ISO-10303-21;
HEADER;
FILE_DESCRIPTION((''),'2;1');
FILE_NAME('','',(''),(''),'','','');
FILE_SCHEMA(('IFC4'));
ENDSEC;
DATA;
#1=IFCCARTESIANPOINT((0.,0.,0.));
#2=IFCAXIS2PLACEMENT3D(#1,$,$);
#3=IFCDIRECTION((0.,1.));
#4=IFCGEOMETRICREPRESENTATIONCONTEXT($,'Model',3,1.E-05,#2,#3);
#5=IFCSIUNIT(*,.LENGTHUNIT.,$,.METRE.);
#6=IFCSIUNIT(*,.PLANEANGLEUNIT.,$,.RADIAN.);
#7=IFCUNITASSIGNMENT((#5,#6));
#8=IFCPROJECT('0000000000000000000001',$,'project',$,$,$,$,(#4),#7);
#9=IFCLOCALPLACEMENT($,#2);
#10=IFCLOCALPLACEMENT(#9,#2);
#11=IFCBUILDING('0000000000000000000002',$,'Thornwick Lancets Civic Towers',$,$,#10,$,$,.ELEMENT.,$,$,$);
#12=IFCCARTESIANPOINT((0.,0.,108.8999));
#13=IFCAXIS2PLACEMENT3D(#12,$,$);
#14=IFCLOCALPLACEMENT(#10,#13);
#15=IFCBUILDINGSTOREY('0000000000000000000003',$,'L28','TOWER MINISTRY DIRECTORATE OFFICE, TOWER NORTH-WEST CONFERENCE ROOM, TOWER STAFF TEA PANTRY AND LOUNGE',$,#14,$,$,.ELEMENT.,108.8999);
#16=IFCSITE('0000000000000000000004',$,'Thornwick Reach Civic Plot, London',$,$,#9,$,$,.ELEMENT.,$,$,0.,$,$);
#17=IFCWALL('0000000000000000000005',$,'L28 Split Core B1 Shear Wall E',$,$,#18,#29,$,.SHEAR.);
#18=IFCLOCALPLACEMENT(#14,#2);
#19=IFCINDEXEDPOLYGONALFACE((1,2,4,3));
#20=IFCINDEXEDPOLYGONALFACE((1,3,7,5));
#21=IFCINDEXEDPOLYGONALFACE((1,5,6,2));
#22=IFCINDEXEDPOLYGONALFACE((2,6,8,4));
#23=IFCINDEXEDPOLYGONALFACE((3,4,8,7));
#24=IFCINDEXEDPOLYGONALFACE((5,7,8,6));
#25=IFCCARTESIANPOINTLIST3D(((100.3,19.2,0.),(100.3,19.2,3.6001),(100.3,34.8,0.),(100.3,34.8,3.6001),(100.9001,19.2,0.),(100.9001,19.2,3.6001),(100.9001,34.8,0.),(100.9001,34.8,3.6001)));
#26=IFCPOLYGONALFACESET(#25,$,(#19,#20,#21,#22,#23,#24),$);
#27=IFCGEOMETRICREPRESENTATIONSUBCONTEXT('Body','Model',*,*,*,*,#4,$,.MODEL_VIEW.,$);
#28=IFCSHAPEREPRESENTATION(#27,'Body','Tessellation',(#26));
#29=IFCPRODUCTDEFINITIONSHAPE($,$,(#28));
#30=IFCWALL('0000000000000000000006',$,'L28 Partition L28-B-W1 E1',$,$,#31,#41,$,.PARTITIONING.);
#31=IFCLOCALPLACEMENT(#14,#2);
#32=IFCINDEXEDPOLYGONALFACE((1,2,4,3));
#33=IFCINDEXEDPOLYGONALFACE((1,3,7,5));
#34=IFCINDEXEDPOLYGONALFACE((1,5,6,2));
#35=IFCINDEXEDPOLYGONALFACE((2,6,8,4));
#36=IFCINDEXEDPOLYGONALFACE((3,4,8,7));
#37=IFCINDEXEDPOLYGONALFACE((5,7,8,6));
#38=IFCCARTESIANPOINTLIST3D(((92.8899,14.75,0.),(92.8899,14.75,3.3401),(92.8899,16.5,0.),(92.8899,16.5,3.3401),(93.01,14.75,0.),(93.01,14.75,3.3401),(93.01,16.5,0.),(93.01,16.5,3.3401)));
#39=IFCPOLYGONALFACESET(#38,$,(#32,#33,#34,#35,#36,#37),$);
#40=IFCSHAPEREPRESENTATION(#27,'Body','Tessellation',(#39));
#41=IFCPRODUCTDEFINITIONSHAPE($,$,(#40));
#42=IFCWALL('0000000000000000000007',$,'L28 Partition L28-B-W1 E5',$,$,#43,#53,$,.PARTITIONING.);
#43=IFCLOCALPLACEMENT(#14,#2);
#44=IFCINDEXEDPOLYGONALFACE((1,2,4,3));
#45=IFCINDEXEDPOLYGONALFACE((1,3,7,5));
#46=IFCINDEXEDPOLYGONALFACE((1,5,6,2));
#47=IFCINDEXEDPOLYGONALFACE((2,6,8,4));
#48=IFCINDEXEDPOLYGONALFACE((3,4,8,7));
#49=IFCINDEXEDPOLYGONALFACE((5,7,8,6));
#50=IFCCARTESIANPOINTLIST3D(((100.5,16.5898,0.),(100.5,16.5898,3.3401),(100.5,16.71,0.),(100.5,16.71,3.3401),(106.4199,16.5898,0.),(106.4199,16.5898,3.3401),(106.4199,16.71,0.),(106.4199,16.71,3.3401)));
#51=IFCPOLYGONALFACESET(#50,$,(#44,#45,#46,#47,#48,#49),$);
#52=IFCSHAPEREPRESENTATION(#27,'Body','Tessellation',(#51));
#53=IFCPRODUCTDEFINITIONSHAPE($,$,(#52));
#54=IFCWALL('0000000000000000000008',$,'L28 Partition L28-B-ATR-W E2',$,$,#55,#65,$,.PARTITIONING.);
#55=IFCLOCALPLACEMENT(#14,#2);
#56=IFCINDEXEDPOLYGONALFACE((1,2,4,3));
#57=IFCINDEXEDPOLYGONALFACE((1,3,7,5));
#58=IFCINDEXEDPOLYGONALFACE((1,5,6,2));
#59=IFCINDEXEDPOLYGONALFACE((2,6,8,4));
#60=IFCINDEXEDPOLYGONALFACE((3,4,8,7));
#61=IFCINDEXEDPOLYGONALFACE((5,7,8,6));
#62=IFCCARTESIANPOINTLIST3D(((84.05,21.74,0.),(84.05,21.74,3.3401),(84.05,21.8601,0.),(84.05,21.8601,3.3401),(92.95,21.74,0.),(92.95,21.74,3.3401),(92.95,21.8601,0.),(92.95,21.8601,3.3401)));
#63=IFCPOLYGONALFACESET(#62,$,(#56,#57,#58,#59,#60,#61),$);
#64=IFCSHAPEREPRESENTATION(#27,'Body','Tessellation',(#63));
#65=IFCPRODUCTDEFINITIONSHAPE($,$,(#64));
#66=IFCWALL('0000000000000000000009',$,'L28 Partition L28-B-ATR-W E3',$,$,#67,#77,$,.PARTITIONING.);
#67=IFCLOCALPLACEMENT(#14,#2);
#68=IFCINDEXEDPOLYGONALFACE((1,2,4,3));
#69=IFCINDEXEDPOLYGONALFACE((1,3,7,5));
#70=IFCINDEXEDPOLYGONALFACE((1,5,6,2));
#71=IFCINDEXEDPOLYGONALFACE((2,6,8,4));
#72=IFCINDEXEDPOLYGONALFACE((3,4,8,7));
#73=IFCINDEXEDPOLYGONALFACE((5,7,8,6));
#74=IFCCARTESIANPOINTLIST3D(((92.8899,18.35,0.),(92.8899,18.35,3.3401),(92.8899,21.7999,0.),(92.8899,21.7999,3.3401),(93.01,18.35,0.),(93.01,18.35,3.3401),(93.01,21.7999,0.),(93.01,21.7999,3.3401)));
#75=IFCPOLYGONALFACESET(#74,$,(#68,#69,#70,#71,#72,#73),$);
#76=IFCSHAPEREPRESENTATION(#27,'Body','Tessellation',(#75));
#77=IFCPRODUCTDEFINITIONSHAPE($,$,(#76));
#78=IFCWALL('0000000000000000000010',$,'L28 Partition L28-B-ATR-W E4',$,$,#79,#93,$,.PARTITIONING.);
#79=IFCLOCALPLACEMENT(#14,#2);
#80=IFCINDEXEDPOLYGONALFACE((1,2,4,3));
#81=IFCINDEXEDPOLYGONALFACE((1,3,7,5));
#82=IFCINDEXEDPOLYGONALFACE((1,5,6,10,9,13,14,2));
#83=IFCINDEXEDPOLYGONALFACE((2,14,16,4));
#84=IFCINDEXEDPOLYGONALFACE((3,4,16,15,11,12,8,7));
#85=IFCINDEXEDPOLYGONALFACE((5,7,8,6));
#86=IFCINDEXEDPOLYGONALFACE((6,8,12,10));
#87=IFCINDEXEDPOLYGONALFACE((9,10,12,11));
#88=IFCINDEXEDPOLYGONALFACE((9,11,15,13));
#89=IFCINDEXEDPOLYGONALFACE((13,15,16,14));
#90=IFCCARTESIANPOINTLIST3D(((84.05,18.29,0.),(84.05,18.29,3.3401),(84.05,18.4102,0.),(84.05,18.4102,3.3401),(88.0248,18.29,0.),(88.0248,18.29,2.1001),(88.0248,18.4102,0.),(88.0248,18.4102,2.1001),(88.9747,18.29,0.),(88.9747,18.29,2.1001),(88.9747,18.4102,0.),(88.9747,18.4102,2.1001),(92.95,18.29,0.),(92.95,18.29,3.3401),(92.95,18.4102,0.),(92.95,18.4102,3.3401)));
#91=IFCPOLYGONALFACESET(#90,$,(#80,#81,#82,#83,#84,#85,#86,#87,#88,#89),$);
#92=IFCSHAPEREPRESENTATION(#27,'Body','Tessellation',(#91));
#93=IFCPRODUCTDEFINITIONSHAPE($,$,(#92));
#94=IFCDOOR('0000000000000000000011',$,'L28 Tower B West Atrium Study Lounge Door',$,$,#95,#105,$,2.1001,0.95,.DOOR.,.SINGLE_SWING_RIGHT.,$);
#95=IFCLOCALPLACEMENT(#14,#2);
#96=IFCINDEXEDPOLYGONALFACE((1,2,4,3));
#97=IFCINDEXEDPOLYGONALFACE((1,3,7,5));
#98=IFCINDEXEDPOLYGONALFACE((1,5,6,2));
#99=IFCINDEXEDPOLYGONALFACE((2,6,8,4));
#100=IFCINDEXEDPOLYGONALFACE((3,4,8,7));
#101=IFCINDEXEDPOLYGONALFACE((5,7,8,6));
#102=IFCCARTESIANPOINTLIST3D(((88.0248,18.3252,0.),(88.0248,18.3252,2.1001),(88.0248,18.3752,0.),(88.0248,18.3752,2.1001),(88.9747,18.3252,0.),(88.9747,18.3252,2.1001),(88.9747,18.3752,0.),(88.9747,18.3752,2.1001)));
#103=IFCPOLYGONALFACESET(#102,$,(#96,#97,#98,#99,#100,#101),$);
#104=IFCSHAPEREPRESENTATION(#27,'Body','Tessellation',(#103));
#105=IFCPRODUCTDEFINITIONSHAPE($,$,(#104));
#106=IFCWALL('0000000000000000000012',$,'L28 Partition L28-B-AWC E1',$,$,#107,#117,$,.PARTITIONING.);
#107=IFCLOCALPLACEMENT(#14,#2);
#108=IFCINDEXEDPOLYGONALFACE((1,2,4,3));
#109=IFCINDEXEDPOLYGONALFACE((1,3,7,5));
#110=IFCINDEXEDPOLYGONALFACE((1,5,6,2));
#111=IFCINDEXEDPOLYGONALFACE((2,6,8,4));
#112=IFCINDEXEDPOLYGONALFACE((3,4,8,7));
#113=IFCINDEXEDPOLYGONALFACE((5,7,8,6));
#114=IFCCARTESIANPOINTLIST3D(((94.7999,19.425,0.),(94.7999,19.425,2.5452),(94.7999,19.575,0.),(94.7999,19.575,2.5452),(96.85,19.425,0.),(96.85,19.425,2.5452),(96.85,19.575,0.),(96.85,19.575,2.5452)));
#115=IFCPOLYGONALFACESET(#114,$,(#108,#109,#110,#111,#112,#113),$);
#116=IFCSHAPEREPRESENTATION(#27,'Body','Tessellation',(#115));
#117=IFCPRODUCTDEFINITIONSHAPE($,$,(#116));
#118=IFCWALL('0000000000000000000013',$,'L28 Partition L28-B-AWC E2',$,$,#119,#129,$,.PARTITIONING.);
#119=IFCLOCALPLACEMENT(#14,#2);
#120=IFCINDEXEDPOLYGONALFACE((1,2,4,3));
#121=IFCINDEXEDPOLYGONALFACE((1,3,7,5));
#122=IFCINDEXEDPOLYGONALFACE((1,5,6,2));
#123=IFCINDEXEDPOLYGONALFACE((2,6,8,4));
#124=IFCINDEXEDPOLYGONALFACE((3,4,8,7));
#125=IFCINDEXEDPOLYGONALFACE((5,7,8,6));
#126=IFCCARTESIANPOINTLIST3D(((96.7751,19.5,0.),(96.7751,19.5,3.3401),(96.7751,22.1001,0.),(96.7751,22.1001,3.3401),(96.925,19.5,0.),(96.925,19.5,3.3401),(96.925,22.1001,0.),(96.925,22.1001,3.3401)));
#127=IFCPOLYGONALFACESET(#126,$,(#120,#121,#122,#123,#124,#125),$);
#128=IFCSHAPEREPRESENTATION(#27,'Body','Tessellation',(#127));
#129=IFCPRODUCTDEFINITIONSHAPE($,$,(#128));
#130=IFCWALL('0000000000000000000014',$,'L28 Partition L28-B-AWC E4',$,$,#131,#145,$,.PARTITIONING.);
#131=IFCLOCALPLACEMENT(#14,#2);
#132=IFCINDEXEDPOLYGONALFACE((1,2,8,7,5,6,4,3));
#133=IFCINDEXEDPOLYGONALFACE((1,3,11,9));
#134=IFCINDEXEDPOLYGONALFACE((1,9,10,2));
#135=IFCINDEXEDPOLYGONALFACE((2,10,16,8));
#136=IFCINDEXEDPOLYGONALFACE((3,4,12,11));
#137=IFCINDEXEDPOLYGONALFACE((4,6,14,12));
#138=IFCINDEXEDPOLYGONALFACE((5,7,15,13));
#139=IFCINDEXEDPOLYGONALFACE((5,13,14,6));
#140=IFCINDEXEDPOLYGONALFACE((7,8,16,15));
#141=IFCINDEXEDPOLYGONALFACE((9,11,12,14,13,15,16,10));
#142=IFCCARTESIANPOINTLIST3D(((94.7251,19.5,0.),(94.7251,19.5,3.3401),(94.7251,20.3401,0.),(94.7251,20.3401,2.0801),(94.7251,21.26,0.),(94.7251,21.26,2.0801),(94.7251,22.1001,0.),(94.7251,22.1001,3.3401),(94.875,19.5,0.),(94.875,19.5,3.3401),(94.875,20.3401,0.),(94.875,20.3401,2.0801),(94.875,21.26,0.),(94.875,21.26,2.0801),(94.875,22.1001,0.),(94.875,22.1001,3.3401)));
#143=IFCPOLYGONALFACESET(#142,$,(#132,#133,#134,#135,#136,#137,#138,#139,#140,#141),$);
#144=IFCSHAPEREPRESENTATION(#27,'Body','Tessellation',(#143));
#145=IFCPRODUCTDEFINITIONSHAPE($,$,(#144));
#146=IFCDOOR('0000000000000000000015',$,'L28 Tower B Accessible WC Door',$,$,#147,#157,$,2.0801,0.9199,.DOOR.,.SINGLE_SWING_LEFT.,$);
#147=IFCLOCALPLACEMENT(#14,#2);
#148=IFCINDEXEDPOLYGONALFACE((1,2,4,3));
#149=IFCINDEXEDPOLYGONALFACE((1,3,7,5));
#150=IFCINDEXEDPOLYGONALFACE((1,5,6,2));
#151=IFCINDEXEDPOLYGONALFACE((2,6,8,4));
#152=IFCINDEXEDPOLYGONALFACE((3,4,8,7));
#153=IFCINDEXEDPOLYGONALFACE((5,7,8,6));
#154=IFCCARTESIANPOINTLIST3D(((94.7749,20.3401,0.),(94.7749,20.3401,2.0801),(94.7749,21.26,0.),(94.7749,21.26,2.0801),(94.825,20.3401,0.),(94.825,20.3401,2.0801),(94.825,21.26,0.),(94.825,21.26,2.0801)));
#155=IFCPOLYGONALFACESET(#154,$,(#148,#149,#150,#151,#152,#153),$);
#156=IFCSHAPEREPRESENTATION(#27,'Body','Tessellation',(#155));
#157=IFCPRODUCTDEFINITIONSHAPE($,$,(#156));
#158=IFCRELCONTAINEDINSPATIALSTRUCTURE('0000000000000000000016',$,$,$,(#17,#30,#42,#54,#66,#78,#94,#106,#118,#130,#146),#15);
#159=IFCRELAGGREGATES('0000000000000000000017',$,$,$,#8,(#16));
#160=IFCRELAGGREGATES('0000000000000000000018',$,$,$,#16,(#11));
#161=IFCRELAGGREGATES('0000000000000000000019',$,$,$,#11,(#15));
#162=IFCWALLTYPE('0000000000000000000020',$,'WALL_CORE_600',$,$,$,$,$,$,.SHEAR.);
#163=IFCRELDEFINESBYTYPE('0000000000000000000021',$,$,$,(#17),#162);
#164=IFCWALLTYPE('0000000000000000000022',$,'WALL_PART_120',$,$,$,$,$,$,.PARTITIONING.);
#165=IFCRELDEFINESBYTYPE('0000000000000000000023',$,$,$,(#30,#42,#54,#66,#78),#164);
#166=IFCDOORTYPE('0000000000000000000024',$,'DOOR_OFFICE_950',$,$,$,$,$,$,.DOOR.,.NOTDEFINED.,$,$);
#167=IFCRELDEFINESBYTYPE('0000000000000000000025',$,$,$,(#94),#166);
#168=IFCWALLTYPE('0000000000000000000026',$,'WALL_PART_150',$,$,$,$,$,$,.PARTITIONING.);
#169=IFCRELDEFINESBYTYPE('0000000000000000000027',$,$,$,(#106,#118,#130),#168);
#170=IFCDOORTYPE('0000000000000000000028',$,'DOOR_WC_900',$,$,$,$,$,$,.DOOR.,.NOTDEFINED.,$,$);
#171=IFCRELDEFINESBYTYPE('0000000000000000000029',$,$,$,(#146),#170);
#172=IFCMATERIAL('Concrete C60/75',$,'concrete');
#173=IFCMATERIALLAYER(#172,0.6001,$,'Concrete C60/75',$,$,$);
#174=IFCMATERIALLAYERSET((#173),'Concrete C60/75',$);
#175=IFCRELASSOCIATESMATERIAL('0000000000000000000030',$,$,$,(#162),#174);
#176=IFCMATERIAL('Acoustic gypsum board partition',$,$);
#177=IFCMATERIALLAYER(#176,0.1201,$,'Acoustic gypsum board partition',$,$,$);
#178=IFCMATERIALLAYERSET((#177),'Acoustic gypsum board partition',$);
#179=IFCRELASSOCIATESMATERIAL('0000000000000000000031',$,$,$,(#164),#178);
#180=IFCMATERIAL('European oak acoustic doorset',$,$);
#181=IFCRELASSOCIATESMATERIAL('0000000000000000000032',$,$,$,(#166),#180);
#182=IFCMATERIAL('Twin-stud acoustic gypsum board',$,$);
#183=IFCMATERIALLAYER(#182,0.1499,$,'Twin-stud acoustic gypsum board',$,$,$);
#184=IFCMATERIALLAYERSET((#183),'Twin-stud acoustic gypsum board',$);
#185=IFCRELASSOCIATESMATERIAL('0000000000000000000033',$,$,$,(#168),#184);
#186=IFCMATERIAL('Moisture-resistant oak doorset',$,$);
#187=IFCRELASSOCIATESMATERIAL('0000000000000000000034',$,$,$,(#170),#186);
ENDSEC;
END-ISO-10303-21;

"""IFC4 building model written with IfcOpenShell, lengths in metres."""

from ifc_helpers import new_model, si_unit, direction, frame, frame_2d, origin, place, context, subcontext, project, spatial, rectangle, extrude, material, layer, layer_set, type_object, element, fill, save


model = new_model("IFC4")

# Units and contexts
model_context = context("Model", 3, precision=1e-05, world=origin(), true_north=direction((0.0, 1.0)))
body_context = subcontext(model_context, "Body", "Model", "MODEL_VIEW")
ifc_project = project(units=[si_unit("LENGTHUNIT", "METRE"), si_unit("PLANEANGLEUNIT", "RADIAN")], contexts=[model_context])

# Site, building, storey
site_placement = place(None, origin())
site = spatial("IfcSite", under=ifc_project, at=site_placement, Name="Thornwick Reach Civic Plot, London", CompositionType="ELEMENT", RefElevation=0.0)
building_placement = place(site_placement, origin())
building = spatial("IfcBuilding", under=site, at=building_placement, Name="Thornwick Lancets Civic Towers", CompositionType="ELEMENT")
storey_placement = place(building_placement, frame((0.0, 0.0, 108.8999)))
storey = spatial("IfcBuildingStorey", under=building, at=storey_placement, Name="L28", Description="TOWER MINISTRY DIRECTORATE OFFICE, TOWER NORTH-WEST CONFERENCE ROOM, TOWER STAFF TEA PANTRY AND LOUNGE", CompositionType="ELEMENT", Elevation=108.8999)

# Shared definitions
ifc_material_1 = material(Name="Concrete C60/75", Category="concrete")

# Walls
ifc_layer_1 = layer(ifc_material_1, 0.6001, Name="Concrete C60/75")
ifc_layer_set_1 = layer_set([ifc_layer_1], Name="Concrete C60/75")
wall_type_1 = type_object("IfcWallType", Name="WALL_CORE_600", PredefinedType="SHEAR", material=ifc_layer_set_1)
wall_1_placement = place(storey_placement, frame((100.6001, 19.2, 0.0), z_axis=(0.0, 0.0, 1.0), x_axis=(0.0, 1.0, 0.0)))
element("IfcWall", 1, at=wall_1_placement, inside=storey, type_object=wall_type_1, Name="L28 Split Core B1 Shear Wall E", PredefinedType="SHEAR", context=body_context, shape_type="SweptSolid", body=[
    extrude(rectangle(XDim=15.6001, YDim=0.6001, at=frame_2d((7.8, 0.0))), origin(), (0.0, 0.0, 1.0), 3.6001),
])
ifc_material_2 = material(Name="Acoustic gypsum board partition")
ifc_layer_2 = layer(ifc_material_2, 0.1201, Name="Acoustic gypsum board partition")
ifc_layer_set_2 = layer_set([ifc_layer_2], Name="Acoustic gypsum board partition")
wall_type_2 = type_object("IfcWallType", Name="WALL_PART_120", PredefinedType="PARTITIONING", material=ifc_layer_set_2)
wall_2_placement = place(storey_placement, frame((92.95, 16.5, 0.0), z_axis=(0.0, 0.0, 1.0), x_axis=(0.0, -1.0, 0.0)))
element("IfcWall", 2, at=wall_2_placement, inside=storey, type_object=wall_type_2, Name="L28 Partition L28-B-W1 E1", PredefinedType="PARTITIONING", context=body_context, shape_type="SweptSolid", body=[
    extrude(rectangle(XDim=1.75, YDim=0.1201, at=frame_2d((0.875, 0.0))), origin(), (0.0, 0.0, 1.0), 3.3401),
])
wall_3_placement = place(storey_placement, frame((100.5, 16.6499, 0.0), z_axis=(0.0, 0.0, 1.0), x_axis=(1.0, 0.0, 0.0)))
element("IfcWall", 3, at=wall_3_placement, inside=storey, type_object=wall_type_2, Name="L28 Partition L28-B-W1 E5", PredefinedType="PARTITIONING", context=body_context, shape_type="SweptSolid", body=[
    extrude(rectangle(XDim=5.9199, YDim=0.1201, at=frame_2d((2.96, 0.0))), origin(), (0.0, 0.0, 1.0), 3.3401),
])
wall_4_placement = place(storey_placement, frame((84.05, 21.8, 0.0), z_axis=(0.0, 0.0, 1.0), x_axis=(1.0, 0.0, 0.0)))
element("IfcWall", 4, at=wall_4_placement, inside=storey, type_object=wall_type_2, Name="L28 Partition L28-B-ATR-W E2", PredefinedType="PARTITIONING", context=body_context, shape_type="SweptSolid", body=[
    extrude(rectangle(XDim=8.8999, YDim=0.1201, at=frame_2d((4.45, 0.0))), origin(), (0.0, 0.0, 1.0), 3.3401),
])
wall_5_placement = place(storey_placement, frame((92.95, 21.8, 0.0), z_axis=(0.0, 0.0, 1.0), x_axis=(0.0, -1.0, 0.0)))
element("IfcWall", 5, at=wall_5_placement, inside=storey, type_object=wall_type_2, Name="L28 Partition L28-B-ATR-W E3", PredefinedType="PARTITIONING", context=body_context, shape_type="SweptSolid", body=[
    extrude(rectangle(XDim=3.45, YDim=0.1201, at=frame_2d((1.7251, 0.0))), origin(), (0.0, 0.0, 1.0), 3.3401),
])

# Wall, opening, door
wall_6_placement = place(storey_placement, frame((92.95, 18.3501, 0.0), z_axis=(0.0, 0.0, 1.0), x_axis=(-1.0, 0.0, 0.0)))
wall_6 = element("IfcWall", 6, at=wall_6_placement, inside=storey, type_object=wall_type_2, Name="L28 Partition L28-B-ATR-W E4", PredefinedType="PARTITIONING", context=body_context, shape_type="SweptSolid", body=[
    extrude(rectangle(XDim=8.8999, YDim=0.1201, at=frame_2d((4.45, 0.0))), origin(), (0.0, 0.0, 1.0), 3.3401),
])
opening_1_placement = place(wall_6_placement, frame((3.9751, 0.0, 0.0)))
opening_1 = element("IfcOpeningElement", 7, at=opening_1_placement, cuts=wall_6, PredefinedType="OPENING", context=body_context, shape_type="SweptSolid", body=[
    extrude(rectangle(XDim=0.95, YDim=2.1001, at=frame_2d((0.4751, 1.05))), frame((0.0, 0.0701, 0.0), z_axis=(0.0, -1.0, 0.0), x_axis=(1.0, 0.0, 0.0)), (0.0, 0.0, 1.0), 0.1401),
])
ifc_material_3 = material(Name="European oak acoustic doorset")
door_type_1 = type_object("IfcDoorType", Name="DOOR_OFFICE_950", OperationType="NOTDEFINED", PredefinedType="DOOR", material=ifc_material_3)
door_1_placement = place(opening_1_placement, origin())
door_1 = element("IfcDoor", 8, at=door_1_placement, inside=storey, type_object=door_type_1, Name="L28 Tower B West Atrium Study Lounge Door", OperationType="SINGLE_SWING_RIGHT", OverallHeight=2.1001, OverallWidth=0.95, PredefinedType="DOOR", context=body_context, shape_type="SweptSolid", body=[
    extrude(rectangle(XDim=0.95, YDim=2.1001, at=frame_2d((0.4751, 1.05))), frame((0.0, 0.0249, 0.0), z_axis=(0.0, -1.0, 0.0), x_axis=(1.0, 0.0, 0.0)), (0.0, 0.0, 1.0), 0.05),
])
fill(opening_1, door_1)

# Walls
ifc_material_4 = material(Name="Twin-stud acoustic gypsum board")
ifc_layer_3 = layer(ifc_material_4, 0.1499, Name="Twin-stud acoustic gypsum board")
ifc_layer_set_3 = layer_set([ifc_layer_3], Name="Twin-stud acoustic gypsum board")
wall_type_3 = type_object("IfcWallType", Name="WALL_PART_150", PredefinedType="PARTITIONING", material=ifc_layer_set_3)
wall_7_placement = place(storey_placement, frame((94.8, 19.5, 0.0), z_axis=(0.0, 0.0, 1.0), x_axis=(1.0, 0.0, 0.0)))
element("IfcWall", 9, at=wall_7_placement, inside=storey, type_object=wall_type_3, Name="L28 Partition L28-B-AWC E1", PredefinedType="PARTITIONING", context=body_context, shape_type="SweptSolid", body=[
    extrude(rectangle(XDim=2.05, YDim=0.1499, at=frame_2d((1.0249, 0.0))), origin(), (0.0, 0.0, 1.0), 2.5452),
])
wall_8_placement = place(storey_placement, frame((96.8501, 19.5, 0.0), z_axis=(0.0, 0.0, 1.0), x_axis=(0.0, 1.0, 0.0)))
element("IfcWall", 10, at=wall_8_placement, inside=storey, type_object=wall_type_3, Name="L28 Partition L28-B-AWC E2", PredefinedType="PARTITIONING", context=body_context, shape_type="SweptSolid", body=[
    extrude(rectangle(XDim=2.6001, YDim=0.1499, at=frame_2d((1.3, 0.0))), origin(), (0.0, 0.0, 1.0), 3.3401),
])

# Wall, opening, door
wall_9_placement = place(storey_placement, frame((94.8, 22.1001, 0.0), z_axis=(0.0, 0.0, 1.0), x_axis=(0.0, -1.0, 0.0)))
wall_9 = element("IfcWall", 11, at=wall_9_placement, inside=storey, type_object=wall_type_3, Name="L28 Partition L28-B-AWC E4", PredefinedType="PARTITIONING", context=body_context, shape_type="SweptSolid", body=[
    extrude(rectangle(XDim=2.6001, YDim=0.1499, at=frame_2d((1.3, 0.0))), origin(), (0.0, 0.0, 1.0), 3.3401),
])
opening_2_placement = place(wall_9_placement, frame((0.8401, 0.0, 0.0)))
opening_2 = element("IfcOpeningElement", 12, at=opening_2_placement, cuts=wall_9, PredefinedType="OPENING", context=body_context, shape_type="SweptSolid", body=[
    extrude(rectangle(XDim=0.9199, YDim=2.0801, at=frame_2d((0.46, 1.04))), frame((0.0, 0.085, 0.0), z_axis=(0.0, -1.0, 0.0), x_axis=(1.0, 0.0, 0.0)), (0.0, 0.0, 1.0), 0.1699),
])
ifc_material_5 = material(Name="Moisture-resistant oak doorset")
door_type_2 = type_object("IfcDoorType", Name="DOOR_WC_900", OperationType="NOTDEFINED", PredefinedType="DOOR", material=ifc_material_5)
door_2_placement = place(opening_2_placement, origin())
door_2 = element("IfcDoor", 13, at=door_2_placement, inside=storey, type_object=door_type_2, Name="L28 Tower B Accessible WC Door", OperationType="SINGLE_SWING_LEFT", OverallHeight=2.0801, OverallWidth=0.9199, PredefinedType="DOOR", context=body_context, shape_type="SweptSolid", body=[
    extrude(rectangle(XDim=0.9199, YDim=2.0801, at=frame_2d((0.46, 1.04))), frame((0.0, 0.0249, 0.0), z_axis=(0.0, -1.0, 0.0), x_axis=(1.0, 0.0, 0.0)), (0.0, 0.0, 1.0), 0.05),
])
fill(opening_2, door_2)

save(model, "model.ifc")
